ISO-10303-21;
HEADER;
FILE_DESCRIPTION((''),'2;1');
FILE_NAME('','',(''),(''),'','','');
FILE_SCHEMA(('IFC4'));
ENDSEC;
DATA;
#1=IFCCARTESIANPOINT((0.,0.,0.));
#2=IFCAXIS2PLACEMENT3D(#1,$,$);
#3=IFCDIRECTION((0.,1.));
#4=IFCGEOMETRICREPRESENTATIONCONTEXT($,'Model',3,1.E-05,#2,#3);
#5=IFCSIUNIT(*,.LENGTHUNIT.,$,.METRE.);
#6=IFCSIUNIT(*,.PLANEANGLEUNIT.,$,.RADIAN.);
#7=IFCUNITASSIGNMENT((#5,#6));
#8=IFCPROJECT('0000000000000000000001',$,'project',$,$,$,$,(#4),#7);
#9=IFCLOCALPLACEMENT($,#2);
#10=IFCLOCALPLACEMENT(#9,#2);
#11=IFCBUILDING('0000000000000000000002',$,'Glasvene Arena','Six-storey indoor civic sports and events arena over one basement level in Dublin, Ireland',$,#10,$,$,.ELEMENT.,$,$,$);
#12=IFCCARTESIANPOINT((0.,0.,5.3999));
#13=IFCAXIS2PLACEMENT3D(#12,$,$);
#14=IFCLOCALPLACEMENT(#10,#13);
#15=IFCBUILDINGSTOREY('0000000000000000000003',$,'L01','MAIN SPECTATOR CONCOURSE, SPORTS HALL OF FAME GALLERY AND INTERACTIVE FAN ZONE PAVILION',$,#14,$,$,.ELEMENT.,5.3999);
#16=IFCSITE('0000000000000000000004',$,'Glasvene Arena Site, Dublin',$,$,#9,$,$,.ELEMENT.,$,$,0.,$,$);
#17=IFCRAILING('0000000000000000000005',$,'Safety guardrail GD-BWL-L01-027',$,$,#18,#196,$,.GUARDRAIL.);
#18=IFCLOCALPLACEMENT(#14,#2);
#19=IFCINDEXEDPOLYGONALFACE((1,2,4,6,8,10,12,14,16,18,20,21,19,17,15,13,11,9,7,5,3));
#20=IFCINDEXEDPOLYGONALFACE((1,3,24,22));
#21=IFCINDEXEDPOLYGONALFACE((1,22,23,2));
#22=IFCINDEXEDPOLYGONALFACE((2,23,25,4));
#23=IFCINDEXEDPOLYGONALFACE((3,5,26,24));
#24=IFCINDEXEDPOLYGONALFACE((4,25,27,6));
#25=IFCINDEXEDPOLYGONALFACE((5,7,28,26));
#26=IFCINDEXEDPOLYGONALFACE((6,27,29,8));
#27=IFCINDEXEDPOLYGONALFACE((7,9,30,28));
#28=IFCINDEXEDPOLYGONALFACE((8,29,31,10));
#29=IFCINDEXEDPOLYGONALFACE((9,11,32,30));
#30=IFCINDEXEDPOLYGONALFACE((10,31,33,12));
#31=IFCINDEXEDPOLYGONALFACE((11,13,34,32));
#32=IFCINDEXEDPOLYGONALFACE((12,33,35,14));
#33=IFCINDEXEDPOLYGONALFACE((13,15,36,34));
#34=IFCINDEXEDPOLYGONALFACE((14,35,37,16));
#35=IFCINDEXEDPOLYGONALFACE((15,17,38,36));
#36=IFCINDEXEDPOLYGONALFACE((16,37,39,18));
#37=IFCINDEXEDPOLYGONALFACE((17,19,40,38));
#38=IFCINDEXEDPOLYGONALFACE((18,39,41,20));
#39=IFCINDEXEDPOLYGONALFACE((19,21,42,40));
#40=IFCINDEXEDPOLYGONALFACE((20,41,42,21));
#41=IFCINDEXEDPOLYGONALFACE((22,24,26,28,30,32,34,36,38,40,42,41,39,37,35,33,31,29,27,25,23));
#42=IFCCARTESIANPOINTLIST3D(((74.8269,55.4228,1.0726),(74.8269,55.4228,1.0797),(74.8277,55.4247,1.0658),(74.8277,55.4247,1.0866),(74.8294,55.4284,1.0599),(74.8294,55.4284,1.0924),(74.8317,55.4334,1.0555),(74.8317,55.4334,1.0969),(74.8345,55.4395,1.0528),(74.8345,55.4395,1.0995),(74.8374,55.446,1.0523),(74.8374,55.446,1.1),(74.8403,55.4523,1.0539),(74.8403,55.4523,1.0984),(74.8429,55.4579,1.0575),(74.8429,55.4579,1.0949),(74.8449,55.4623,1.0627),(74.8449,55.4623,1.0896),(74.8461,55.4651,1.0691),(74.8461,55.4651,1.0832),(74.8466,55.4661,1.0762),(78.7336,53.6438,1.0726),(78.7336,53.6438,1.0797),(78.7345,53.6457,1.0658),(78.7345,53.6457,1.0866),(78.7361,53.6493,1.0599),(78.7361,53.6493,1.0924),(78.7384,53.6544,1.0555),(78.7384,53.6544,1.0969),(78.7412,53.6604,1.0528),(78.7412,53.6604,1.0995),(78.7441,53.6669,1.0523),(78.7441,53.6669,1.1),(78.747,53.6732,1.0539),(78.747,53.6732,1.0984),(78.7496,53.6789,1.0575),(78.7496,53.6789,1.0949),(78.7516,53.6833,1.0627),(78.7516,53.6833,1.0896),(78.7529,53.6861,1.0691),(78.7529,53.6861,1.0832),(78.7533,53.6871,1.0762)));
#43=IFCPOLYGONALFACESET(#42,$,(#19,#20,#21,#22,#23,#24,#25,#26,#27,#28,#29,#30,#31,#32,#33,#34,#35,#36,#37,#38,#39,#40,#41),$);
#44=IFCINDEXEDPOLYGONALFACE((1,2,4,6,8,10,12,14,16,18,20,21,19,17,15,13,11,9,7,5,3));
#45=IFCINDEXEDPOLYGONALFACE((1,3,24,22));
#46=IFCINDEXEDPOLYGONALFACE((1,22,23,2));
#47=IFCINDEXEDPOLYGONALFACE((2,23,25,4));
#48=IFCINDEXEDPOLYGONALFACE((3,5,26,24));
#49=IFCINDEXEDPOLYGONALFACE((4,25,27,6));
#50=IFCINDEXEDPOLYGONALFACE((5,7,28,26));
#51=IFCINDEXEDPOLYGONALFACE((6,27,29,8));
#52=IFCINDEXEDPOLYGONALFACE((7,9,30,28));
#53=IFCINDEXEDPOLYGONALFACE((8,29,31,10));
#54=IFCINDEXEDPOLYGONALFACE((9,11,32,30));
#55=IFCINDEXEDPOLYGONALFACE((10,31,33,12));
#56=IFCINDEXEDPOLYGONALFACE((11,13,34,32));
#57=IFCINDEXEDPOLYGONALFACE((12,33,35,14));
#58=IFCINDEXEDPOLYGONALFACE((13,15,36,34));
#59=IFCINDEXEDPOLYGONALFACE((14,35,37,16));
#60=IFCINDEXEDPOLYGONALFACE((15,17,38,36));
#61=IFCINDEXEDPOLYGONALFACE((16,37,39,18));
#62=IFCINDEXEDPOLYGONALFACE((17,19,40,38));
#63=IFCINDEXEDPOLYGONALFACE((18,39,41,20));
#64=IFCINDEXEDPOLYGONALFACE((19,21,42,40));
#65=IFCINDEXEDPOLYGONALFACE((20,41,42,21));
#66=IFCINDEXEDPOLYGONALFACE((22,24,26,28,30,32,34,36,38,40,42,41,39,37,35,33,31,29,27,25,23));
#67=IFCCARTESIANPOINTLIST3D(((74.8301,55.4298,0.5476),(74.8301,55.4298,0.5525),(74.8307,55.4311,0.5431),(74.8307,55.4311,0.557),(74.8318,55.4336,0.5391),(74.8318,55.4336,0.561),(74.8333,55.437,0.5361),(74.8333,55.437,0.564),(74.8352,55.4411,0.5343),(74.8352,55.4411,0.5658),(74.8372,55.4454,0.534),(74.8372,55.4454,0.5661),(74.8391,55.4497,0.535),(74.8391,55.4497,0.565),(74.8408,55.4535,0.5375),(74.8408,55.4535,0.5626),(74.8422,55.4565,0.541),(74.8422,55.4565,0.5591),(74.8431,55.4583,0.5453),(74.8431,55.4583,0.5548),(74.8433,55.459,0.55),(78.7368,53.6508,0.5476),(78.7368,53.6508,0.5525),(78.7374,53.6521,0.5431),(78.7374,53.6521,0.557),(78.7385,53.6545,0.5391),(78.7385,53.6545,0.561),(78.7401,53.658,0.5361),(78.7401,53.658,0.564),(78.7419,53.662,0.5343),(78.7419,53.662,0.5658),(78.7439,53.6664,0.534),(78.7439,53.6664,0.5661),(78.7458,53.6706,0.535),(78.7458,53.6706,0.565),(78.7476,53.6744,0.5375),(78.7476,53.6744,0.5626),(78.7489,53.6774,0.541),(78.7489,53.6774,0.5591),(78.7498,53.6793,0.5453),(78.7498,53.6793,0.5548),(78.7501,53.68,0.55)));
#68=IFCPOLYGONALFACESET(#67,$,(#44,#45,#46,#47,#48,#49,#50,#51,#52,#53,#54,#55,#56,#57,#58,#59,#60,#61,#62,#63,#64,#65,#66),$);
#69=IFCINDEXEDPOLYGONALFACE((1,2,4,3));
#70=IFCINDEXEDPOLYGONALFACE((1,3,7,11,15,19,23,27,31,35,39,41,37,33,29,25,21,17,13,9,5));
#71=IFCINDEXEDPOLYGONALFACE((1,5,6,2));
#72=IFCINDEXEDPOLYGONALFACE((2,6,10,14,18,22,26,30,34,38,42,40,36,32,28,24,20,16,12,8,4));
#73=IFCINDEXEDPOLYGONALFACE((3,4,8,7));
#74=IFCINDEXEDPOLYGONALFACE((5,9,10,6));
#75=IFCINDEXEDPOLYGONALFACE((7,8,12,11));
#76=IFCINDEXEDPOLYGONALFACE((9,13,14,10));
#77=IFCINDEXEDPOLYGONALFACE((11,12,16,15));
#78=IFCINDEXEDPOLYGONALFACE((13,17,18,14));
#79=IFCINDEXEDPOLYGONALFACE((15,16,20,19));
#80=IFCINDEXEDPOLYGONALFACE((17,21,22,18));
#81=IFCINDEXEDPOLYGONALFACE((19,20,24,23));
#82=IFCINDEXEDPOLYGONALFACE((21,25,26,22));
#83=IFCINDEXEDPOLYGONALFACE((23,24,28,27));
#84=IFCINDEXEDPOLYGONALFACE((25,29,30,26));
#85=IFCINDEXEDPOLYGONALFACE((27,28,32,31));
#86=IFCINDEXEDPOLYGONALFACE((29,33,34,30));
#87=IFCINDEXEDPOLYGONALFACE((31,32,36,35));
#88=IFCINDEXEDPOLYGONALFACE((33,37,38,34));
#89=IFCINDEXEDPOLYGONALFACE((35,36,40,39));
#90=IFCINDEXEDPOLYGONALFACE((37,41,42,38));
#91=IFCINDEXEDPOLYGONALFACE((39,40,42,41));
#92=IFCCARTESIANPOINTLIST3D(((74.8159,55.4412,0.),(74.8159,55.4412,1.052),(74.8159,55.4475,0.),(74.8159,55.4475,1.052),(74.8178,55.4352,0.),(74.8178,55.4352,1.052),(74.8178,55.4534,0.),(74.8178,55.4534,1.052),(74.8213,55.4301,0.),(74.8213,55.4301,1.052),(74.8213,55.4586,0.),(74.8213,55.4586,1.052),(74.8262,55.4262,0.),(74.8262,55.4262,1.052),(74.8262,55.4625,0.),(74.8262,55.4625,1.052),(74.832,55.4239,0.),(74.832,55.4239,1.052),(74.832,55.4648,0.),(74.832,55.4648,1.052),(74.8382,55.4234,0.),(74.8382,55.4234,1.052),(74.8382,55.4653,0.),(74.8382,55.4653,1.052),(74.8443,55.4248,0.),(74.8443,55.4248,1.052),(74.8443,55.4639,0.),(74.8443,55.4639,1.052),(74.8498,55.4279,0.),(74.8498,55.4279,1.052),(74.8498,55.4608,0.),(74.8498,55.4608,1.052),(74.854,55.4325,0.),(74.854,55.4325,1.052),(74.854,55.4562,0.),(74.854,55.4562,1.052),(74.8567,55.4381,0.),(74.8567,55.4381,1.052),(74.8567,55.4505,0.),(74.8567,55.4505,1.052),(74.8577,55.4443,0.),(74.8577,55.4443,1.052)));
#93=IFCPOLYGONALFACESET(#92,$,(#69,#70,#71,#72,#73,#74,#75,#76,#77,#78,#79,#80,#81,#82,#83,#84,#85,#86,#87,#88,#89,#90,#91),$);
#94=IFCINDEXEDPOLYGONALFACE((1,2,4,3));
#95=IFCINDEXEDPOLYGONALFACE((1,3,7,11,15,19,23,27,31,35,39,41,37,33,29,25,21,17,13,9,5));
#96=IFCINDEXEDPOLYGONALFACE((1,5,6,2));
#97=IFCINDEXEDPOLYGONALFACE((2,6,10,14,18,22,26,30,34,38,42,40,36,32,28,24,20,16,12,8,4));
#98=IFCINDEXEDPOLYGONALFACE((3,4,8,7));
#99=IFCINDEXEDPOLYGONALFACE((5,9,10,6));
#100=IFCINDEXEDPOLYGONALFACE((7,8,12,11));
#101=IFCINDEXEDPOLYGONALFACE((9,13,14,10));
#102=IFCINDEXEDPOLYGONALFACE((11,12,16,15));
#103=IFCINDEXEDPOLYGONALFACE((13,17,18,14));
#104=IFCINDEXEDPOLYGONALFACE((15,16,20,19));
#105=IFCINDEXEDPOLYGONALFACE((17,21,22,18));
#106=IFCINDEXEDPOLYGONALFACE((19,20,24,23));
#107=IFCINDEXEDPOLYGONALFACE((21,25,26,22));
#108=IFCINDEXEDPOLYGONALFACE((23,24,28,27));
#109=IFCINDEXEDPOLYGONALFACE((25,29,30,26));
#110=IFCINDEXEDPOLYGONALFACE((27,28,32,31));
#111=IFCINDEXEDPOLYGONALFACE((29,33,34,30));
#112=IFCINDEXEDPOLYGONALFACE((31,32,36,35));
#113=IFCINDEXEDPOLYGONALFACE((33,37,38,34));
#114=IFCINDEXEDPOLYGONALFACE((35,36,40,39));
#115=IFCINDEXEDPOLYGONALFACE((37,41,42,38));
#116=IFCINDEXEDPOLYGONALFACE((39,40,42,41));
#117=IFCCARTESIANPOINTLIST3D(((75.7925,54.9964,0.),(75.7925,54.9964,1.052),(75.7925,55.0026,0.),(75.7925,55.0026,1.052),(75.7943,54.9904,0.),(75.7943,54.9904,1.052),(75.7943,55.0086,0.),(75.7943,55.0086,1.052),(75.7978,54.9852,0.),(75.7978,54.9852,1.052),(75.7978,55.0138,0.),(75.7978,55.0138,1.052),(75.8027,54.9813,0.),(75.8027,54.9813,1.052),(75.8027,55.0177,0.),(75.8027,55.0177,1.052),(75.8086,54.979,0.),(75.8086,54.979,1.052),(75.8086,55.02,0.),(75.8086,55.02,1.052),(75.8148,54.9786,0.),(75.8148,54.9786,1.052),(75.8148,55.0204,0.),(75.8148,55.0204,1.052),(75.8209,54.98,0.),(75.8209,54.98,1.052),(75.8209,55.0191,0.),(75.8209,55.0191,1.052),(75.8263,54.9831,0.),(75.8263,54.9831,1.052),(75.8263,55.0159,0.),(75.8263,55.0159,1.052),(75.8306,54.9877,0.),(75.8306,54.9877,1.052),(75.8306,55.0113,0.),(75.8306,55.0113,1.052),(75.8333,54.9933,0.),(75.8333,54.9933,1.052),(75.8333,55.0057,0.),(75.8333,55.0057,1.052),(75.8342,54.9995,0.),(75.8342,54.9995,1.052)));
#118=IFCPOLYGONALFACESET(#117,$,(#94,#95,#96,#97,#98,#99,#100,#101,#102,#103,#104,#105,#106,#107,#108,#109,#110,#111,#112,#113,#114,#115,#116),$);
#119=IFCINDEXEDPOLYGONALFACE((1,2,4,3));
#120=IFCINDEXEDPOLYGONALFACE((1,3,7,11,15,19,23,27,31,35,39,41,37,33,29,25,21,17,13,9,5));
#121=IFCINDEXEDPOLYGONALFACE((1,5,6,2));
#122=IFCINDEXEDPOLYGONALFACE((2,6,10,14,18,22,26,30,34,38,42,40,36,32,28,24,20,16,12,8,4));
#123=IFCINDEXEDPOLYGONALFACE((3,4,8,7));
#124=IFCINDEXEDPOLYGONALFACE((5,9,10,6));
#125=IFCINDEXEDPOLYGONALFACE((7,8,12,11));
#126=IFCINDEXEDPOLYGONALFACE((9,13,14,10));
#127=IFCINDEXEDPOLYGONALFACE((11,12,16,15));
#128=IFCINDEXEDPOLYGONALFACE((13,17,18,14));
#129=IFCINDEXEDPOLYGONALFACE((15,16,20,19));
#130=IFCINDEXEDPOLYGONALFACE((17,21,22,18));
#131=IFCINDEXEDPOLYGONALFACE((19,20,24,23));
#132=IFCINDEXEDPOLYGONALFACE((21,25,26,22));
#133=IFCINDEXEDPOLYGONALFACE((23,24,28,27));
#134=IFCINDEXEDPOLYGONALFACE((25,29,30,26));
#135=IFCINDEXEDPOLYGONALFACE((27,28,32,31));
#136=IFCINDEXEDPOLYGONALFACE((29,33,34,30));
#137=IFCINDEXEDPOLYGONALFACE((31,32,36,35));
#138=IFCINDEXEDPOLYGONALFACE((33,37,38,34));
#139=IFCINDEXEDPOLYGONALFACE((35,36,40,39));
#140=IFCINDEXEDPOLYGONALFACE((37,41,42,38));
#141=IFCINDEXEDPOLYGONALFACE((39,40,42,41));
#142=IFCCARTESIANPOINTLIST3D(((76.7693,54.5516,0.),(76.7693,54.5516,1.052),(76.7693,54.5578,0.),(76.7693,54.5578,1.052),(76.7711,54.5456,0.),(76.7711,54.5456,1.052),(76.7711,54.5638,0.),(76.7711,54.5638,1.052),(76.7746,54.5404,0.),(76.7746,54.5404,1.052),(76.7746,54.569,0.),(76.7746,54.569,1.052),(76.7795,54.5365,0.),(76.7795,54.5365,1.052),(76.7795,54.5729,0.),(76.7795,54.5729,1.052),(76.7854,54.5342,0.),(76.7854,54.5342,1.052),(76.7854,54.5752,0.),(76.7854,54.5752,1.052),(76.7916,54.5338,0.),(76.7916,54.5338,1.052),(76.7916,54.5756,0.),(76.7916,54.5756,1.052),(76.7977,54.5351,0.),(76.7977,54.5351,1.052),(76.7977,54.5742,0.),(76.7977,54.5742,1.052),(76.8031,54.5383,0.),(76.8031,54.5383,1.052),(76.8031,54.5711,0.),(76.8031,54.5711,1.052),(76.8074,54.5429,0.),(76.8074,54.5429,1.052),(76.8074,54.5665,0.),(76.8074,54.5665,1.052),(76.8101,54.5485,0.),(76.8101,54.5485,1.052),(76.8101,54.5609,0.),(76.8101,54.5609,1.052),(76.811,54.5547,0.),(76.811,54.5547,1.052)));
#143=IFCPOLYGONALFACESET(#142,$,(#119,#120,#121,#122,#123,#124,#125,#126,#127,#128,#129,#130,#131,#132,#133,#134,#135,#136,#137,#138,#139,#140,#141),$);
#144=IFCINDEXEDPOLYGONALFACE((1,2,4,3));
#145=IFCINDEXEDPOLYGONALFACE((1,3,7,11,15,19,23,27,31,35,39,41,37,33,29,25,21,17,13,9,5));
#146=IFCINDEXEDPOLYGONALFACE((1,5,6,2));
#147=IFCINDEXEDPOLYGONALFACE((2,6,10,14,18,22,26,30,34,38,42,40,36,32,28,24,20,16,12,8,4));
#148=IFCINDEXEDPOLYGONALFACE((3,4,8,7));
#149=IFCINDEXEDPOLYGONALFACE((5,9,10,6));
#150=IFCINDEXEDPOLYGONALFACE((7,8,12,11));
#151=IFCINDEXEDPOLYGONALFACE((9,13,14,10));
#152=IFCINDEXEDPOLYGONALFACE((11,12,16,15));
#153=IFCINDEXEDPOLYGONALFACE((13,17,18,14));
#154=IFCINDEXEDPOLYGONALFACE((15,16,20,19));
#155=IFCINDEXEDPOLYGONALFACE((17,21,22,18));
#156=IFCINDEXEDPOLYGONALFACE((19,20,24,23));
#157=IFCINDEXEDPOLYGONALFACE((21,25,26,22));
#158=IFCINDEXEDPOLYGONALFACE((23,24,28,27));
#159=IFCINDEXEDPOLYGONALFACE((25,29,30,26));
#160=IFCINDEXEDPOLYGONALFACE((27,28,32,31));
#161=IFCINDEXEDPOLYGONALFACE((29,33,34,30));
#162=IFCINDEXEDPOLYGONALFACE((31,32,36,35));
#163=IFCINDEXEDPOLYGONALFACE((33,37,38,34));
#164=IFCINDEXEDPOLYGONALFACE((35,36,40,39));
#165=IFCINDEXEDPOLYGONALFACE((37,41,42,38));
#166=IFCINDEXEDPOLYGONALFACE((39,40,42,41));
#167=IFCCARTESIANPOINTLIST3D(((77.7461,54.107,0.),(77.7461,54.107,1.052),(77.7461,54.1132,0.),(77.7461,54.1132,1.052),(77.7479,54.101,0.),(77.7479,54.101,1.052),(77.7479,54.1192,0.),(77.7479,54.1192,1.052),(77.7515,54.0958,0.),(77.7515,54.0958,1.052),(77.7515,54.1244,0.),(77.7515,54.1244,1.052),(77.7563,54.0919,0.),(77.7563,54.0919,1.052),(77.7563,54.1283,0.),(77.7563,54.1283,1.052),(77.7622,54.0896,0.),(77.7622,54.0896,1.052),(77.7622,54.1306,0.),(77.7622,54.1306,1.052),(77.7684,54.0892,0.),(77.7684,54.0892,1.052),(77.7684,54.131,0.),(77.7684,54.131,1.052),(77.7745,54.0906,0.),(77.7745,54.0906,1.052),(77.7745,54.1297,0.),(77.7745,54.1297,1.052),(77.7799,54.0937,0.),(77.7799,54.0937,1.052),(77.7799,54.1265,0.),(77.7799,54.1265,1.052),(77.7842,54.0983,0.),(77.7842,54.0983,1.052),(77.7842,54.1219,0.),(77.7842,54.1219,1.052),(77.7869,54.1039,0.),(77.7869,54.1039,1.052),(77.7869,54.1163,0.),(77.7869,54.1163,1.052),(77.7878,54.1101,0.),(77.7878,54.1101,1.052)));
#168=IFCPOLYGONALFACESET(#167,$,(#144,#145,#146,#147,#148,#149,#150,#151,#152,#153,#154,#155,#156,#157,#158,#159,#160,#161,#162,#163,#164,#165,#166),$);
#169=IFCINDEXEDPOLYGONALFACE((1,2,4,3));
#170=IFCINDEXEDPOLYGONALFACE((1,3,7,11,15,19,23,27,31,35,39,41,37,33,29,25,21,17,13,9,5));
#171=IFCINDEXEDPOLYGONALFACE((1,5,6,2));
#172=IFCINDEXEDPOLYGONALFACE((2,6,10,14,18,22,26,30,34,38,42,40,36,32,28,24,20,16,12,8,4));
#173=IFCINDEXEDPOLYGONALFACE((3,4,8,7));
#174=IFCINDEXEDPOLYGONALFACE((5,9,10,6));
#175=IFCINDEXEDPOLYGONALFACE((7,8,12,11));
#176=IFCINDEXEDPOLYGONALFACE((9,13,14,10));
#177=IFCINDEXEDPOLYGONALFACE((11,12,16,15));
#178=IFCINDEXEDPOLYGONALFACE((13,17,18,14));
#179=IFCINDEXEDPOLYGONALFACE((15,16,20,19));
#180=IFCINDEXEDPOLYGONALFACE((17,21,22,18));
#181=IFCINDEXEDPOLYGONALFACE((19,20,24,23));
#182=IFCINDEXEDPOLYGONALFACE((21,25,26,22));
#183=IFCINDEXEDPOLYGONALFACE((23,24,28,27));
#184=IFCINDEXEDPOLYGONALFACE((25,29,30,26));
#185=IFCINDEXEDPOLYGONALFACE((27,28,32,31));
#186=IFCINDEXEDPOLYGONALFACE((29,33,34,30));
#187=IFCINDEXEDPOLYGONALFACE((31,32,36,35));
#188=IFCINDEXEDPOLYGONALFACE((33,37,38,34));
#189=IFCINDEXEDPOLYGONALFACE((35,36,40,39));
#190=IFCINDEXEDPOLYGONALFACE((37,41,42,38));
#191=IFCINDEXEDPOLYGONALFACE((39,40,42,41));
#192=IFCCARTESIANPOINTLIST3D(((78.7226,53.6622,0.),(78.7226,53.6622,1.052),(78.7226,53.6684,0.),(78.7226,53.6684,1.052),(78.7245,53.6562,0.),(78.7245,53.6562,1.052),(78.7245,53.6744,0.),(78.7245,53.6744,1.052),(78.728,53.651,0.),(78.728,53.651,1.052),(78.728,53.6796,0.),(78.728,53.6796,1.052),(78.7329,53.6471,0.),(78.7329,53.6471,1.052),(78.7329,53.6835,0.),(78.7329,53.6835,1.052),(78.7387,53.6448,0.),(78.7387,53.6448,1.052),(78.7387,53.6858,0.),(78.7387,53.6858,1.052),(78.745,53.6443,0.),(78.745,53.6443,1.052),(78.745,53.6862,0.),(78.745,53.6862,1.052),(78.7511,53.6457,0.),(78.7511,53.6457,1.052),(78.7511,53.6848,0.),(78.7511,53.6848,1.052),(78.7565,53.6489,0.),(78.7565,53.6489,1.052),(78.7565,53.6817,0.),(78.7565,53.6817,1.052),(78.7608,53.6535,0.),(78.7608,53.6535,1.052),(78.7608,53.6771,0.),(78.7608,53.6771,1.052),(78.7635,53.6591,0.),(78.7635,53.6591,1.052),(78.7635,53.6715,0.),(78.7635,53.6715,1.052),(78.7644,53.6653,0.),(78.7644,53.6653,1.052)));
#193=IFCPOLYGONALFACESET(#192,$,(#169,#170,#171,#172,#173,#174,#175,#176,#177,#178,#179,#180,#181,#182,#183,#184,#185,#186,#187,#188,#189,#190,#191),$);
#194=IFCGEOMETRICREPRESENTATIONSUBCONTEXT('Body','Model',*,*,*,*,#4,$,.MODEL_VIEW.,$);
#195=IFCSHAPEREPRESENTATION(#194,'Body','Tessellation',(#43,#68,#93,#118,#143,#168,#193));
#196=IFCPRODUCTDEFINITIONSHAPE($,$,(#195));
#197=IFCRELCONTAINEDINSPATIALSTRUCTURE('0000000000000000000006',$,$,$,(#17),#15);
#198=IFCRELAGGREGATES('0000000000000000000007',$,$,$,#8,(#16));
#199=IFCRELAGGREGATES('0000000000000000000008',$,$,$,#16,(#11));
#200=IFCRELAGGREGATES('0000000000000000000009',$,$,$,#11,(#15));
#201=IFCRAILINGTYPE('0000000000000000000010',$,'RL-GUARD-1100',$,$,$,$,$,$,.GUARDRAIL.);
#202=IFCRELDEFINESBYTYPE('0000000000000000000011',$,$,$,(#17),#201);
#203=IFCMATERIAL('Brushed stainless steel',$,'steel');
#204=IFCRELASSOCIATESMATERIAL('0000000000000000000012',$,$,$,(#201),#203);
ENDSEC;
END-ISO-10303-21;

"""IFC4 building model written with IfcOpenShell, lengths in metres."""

from ifc_helpers import new_model, si_unit, direction, frame, origin, origin_2d, place, context, subcontext, project, spatial, circle, extrude, material, type_object, element, save


model = new_model("IFC4")

# Units and contexts
model_context = context("Model", 3, precision=1e-05, world=origin(), true_north=direction((0.0, 1.0)))
body_context = subcontext(model_context, "Body", "Model", "MODEL_VIEW")
ifc_project = project(units=[si_unit("LENGTHUNIT", "METRE"), si_unit("PLANEANGLEUNIT", "RADIAN")], contexts=[model_context])

# Site, building, storey
site_placement = place(None, origin())
site = spatial("IfcSite", under=ifc_project, at=site_placement, Name="Glasvene Arena Site, Dublin", CompositionType="ELEMENT", RefElevation=0.0)
building_placement = place(site_placement, origin())
building = spatial("IfcBuilding", under=site, at=building_placement, Name="Glasvene Arena", Description="Six-storey indoor civic sports and events arena over one basement level in Dublin, Ireland", CompositionType="ELEMENT")
storey_placement = place(building_placement, frame((0.0, 0.0, 5.3999)))
storey = spatial("IfcBuildingStorey", under=building, at=storey_placement, Name="L01", Description="MAIN SPECTATOR CONCOURSE, SPORTS HALL OF FAME GALLERY AND INTERACTIVE FAN ZONE PAVILION", CompositionType="ELEMENT", Elevation=5.3999)

# Railing
ifc_material_1 = material(Name="Brushed stainless steel", Category="steel")
railing_type = type_object("IfcRailingType", Name="RL-GUARD-1100", PredefinedType="GUARDRAIL", material=ifc_material_1)
railing_1_placement = place(storey_placement, frame((74.8367, 55.4443, 0.0)))
element("IfcRailing", 1, at=railing_1_placement, inside=storey, type_object=railing_type, Name="Safety guardrail GD-BWL-L01-027", PredefinedType="GUARDRAIL", context=body_context, shape_type="SweptSolid", body=[
    extrude(circle(Radius=0.0239, at=origin_2d()), frame((0.0, 0.0, 1.0762), z_axis=(0.91008, -0.414433, 0.0), x_axis=(0.414433, 0.91008, 0.0)), (0.0, 0.0, 1.0), 4.2927),
    extrude(circle(Radius=0.0161, at=origin_2d()), frame((0.0, 0.0, 0.55), z_axis=(0.91008, -0.414433, 0.0), x_axis=(0.414433, 0.91008, 0.0)), (0.0, 0.0, 1.0), 4.2927),
    extrude(circle(Radius=0.021, at=origin_2d()), origin(), (0.0, 0.0, 1.0), 1.052),
    extrude(circle(Radius=0.021, at=origin_2d()), frame((0.9766, -0.4448, 0.0)), (0.0, 0.0, 1.0), 1.052),
    extrude(circle(Radius=0.021, at=origin_2d()), frame((1.9534, -0.8896, 0.0)), (0.0, 0.0, 1.0), 1.052),
    extrude(circle(Radius=0.021, at=origin_2d()), frame((2.9302, -1.3342, 0.0)), (0.0, 0.0, 1.0), 1.052),
    extrude(circle(Radius=0.021, at=origin_2d()), frame((3.9067, -1.7791, 0.0)), (0.0, 0.0, 1.0), 1.052),
])

save(model, "model.ifc")
